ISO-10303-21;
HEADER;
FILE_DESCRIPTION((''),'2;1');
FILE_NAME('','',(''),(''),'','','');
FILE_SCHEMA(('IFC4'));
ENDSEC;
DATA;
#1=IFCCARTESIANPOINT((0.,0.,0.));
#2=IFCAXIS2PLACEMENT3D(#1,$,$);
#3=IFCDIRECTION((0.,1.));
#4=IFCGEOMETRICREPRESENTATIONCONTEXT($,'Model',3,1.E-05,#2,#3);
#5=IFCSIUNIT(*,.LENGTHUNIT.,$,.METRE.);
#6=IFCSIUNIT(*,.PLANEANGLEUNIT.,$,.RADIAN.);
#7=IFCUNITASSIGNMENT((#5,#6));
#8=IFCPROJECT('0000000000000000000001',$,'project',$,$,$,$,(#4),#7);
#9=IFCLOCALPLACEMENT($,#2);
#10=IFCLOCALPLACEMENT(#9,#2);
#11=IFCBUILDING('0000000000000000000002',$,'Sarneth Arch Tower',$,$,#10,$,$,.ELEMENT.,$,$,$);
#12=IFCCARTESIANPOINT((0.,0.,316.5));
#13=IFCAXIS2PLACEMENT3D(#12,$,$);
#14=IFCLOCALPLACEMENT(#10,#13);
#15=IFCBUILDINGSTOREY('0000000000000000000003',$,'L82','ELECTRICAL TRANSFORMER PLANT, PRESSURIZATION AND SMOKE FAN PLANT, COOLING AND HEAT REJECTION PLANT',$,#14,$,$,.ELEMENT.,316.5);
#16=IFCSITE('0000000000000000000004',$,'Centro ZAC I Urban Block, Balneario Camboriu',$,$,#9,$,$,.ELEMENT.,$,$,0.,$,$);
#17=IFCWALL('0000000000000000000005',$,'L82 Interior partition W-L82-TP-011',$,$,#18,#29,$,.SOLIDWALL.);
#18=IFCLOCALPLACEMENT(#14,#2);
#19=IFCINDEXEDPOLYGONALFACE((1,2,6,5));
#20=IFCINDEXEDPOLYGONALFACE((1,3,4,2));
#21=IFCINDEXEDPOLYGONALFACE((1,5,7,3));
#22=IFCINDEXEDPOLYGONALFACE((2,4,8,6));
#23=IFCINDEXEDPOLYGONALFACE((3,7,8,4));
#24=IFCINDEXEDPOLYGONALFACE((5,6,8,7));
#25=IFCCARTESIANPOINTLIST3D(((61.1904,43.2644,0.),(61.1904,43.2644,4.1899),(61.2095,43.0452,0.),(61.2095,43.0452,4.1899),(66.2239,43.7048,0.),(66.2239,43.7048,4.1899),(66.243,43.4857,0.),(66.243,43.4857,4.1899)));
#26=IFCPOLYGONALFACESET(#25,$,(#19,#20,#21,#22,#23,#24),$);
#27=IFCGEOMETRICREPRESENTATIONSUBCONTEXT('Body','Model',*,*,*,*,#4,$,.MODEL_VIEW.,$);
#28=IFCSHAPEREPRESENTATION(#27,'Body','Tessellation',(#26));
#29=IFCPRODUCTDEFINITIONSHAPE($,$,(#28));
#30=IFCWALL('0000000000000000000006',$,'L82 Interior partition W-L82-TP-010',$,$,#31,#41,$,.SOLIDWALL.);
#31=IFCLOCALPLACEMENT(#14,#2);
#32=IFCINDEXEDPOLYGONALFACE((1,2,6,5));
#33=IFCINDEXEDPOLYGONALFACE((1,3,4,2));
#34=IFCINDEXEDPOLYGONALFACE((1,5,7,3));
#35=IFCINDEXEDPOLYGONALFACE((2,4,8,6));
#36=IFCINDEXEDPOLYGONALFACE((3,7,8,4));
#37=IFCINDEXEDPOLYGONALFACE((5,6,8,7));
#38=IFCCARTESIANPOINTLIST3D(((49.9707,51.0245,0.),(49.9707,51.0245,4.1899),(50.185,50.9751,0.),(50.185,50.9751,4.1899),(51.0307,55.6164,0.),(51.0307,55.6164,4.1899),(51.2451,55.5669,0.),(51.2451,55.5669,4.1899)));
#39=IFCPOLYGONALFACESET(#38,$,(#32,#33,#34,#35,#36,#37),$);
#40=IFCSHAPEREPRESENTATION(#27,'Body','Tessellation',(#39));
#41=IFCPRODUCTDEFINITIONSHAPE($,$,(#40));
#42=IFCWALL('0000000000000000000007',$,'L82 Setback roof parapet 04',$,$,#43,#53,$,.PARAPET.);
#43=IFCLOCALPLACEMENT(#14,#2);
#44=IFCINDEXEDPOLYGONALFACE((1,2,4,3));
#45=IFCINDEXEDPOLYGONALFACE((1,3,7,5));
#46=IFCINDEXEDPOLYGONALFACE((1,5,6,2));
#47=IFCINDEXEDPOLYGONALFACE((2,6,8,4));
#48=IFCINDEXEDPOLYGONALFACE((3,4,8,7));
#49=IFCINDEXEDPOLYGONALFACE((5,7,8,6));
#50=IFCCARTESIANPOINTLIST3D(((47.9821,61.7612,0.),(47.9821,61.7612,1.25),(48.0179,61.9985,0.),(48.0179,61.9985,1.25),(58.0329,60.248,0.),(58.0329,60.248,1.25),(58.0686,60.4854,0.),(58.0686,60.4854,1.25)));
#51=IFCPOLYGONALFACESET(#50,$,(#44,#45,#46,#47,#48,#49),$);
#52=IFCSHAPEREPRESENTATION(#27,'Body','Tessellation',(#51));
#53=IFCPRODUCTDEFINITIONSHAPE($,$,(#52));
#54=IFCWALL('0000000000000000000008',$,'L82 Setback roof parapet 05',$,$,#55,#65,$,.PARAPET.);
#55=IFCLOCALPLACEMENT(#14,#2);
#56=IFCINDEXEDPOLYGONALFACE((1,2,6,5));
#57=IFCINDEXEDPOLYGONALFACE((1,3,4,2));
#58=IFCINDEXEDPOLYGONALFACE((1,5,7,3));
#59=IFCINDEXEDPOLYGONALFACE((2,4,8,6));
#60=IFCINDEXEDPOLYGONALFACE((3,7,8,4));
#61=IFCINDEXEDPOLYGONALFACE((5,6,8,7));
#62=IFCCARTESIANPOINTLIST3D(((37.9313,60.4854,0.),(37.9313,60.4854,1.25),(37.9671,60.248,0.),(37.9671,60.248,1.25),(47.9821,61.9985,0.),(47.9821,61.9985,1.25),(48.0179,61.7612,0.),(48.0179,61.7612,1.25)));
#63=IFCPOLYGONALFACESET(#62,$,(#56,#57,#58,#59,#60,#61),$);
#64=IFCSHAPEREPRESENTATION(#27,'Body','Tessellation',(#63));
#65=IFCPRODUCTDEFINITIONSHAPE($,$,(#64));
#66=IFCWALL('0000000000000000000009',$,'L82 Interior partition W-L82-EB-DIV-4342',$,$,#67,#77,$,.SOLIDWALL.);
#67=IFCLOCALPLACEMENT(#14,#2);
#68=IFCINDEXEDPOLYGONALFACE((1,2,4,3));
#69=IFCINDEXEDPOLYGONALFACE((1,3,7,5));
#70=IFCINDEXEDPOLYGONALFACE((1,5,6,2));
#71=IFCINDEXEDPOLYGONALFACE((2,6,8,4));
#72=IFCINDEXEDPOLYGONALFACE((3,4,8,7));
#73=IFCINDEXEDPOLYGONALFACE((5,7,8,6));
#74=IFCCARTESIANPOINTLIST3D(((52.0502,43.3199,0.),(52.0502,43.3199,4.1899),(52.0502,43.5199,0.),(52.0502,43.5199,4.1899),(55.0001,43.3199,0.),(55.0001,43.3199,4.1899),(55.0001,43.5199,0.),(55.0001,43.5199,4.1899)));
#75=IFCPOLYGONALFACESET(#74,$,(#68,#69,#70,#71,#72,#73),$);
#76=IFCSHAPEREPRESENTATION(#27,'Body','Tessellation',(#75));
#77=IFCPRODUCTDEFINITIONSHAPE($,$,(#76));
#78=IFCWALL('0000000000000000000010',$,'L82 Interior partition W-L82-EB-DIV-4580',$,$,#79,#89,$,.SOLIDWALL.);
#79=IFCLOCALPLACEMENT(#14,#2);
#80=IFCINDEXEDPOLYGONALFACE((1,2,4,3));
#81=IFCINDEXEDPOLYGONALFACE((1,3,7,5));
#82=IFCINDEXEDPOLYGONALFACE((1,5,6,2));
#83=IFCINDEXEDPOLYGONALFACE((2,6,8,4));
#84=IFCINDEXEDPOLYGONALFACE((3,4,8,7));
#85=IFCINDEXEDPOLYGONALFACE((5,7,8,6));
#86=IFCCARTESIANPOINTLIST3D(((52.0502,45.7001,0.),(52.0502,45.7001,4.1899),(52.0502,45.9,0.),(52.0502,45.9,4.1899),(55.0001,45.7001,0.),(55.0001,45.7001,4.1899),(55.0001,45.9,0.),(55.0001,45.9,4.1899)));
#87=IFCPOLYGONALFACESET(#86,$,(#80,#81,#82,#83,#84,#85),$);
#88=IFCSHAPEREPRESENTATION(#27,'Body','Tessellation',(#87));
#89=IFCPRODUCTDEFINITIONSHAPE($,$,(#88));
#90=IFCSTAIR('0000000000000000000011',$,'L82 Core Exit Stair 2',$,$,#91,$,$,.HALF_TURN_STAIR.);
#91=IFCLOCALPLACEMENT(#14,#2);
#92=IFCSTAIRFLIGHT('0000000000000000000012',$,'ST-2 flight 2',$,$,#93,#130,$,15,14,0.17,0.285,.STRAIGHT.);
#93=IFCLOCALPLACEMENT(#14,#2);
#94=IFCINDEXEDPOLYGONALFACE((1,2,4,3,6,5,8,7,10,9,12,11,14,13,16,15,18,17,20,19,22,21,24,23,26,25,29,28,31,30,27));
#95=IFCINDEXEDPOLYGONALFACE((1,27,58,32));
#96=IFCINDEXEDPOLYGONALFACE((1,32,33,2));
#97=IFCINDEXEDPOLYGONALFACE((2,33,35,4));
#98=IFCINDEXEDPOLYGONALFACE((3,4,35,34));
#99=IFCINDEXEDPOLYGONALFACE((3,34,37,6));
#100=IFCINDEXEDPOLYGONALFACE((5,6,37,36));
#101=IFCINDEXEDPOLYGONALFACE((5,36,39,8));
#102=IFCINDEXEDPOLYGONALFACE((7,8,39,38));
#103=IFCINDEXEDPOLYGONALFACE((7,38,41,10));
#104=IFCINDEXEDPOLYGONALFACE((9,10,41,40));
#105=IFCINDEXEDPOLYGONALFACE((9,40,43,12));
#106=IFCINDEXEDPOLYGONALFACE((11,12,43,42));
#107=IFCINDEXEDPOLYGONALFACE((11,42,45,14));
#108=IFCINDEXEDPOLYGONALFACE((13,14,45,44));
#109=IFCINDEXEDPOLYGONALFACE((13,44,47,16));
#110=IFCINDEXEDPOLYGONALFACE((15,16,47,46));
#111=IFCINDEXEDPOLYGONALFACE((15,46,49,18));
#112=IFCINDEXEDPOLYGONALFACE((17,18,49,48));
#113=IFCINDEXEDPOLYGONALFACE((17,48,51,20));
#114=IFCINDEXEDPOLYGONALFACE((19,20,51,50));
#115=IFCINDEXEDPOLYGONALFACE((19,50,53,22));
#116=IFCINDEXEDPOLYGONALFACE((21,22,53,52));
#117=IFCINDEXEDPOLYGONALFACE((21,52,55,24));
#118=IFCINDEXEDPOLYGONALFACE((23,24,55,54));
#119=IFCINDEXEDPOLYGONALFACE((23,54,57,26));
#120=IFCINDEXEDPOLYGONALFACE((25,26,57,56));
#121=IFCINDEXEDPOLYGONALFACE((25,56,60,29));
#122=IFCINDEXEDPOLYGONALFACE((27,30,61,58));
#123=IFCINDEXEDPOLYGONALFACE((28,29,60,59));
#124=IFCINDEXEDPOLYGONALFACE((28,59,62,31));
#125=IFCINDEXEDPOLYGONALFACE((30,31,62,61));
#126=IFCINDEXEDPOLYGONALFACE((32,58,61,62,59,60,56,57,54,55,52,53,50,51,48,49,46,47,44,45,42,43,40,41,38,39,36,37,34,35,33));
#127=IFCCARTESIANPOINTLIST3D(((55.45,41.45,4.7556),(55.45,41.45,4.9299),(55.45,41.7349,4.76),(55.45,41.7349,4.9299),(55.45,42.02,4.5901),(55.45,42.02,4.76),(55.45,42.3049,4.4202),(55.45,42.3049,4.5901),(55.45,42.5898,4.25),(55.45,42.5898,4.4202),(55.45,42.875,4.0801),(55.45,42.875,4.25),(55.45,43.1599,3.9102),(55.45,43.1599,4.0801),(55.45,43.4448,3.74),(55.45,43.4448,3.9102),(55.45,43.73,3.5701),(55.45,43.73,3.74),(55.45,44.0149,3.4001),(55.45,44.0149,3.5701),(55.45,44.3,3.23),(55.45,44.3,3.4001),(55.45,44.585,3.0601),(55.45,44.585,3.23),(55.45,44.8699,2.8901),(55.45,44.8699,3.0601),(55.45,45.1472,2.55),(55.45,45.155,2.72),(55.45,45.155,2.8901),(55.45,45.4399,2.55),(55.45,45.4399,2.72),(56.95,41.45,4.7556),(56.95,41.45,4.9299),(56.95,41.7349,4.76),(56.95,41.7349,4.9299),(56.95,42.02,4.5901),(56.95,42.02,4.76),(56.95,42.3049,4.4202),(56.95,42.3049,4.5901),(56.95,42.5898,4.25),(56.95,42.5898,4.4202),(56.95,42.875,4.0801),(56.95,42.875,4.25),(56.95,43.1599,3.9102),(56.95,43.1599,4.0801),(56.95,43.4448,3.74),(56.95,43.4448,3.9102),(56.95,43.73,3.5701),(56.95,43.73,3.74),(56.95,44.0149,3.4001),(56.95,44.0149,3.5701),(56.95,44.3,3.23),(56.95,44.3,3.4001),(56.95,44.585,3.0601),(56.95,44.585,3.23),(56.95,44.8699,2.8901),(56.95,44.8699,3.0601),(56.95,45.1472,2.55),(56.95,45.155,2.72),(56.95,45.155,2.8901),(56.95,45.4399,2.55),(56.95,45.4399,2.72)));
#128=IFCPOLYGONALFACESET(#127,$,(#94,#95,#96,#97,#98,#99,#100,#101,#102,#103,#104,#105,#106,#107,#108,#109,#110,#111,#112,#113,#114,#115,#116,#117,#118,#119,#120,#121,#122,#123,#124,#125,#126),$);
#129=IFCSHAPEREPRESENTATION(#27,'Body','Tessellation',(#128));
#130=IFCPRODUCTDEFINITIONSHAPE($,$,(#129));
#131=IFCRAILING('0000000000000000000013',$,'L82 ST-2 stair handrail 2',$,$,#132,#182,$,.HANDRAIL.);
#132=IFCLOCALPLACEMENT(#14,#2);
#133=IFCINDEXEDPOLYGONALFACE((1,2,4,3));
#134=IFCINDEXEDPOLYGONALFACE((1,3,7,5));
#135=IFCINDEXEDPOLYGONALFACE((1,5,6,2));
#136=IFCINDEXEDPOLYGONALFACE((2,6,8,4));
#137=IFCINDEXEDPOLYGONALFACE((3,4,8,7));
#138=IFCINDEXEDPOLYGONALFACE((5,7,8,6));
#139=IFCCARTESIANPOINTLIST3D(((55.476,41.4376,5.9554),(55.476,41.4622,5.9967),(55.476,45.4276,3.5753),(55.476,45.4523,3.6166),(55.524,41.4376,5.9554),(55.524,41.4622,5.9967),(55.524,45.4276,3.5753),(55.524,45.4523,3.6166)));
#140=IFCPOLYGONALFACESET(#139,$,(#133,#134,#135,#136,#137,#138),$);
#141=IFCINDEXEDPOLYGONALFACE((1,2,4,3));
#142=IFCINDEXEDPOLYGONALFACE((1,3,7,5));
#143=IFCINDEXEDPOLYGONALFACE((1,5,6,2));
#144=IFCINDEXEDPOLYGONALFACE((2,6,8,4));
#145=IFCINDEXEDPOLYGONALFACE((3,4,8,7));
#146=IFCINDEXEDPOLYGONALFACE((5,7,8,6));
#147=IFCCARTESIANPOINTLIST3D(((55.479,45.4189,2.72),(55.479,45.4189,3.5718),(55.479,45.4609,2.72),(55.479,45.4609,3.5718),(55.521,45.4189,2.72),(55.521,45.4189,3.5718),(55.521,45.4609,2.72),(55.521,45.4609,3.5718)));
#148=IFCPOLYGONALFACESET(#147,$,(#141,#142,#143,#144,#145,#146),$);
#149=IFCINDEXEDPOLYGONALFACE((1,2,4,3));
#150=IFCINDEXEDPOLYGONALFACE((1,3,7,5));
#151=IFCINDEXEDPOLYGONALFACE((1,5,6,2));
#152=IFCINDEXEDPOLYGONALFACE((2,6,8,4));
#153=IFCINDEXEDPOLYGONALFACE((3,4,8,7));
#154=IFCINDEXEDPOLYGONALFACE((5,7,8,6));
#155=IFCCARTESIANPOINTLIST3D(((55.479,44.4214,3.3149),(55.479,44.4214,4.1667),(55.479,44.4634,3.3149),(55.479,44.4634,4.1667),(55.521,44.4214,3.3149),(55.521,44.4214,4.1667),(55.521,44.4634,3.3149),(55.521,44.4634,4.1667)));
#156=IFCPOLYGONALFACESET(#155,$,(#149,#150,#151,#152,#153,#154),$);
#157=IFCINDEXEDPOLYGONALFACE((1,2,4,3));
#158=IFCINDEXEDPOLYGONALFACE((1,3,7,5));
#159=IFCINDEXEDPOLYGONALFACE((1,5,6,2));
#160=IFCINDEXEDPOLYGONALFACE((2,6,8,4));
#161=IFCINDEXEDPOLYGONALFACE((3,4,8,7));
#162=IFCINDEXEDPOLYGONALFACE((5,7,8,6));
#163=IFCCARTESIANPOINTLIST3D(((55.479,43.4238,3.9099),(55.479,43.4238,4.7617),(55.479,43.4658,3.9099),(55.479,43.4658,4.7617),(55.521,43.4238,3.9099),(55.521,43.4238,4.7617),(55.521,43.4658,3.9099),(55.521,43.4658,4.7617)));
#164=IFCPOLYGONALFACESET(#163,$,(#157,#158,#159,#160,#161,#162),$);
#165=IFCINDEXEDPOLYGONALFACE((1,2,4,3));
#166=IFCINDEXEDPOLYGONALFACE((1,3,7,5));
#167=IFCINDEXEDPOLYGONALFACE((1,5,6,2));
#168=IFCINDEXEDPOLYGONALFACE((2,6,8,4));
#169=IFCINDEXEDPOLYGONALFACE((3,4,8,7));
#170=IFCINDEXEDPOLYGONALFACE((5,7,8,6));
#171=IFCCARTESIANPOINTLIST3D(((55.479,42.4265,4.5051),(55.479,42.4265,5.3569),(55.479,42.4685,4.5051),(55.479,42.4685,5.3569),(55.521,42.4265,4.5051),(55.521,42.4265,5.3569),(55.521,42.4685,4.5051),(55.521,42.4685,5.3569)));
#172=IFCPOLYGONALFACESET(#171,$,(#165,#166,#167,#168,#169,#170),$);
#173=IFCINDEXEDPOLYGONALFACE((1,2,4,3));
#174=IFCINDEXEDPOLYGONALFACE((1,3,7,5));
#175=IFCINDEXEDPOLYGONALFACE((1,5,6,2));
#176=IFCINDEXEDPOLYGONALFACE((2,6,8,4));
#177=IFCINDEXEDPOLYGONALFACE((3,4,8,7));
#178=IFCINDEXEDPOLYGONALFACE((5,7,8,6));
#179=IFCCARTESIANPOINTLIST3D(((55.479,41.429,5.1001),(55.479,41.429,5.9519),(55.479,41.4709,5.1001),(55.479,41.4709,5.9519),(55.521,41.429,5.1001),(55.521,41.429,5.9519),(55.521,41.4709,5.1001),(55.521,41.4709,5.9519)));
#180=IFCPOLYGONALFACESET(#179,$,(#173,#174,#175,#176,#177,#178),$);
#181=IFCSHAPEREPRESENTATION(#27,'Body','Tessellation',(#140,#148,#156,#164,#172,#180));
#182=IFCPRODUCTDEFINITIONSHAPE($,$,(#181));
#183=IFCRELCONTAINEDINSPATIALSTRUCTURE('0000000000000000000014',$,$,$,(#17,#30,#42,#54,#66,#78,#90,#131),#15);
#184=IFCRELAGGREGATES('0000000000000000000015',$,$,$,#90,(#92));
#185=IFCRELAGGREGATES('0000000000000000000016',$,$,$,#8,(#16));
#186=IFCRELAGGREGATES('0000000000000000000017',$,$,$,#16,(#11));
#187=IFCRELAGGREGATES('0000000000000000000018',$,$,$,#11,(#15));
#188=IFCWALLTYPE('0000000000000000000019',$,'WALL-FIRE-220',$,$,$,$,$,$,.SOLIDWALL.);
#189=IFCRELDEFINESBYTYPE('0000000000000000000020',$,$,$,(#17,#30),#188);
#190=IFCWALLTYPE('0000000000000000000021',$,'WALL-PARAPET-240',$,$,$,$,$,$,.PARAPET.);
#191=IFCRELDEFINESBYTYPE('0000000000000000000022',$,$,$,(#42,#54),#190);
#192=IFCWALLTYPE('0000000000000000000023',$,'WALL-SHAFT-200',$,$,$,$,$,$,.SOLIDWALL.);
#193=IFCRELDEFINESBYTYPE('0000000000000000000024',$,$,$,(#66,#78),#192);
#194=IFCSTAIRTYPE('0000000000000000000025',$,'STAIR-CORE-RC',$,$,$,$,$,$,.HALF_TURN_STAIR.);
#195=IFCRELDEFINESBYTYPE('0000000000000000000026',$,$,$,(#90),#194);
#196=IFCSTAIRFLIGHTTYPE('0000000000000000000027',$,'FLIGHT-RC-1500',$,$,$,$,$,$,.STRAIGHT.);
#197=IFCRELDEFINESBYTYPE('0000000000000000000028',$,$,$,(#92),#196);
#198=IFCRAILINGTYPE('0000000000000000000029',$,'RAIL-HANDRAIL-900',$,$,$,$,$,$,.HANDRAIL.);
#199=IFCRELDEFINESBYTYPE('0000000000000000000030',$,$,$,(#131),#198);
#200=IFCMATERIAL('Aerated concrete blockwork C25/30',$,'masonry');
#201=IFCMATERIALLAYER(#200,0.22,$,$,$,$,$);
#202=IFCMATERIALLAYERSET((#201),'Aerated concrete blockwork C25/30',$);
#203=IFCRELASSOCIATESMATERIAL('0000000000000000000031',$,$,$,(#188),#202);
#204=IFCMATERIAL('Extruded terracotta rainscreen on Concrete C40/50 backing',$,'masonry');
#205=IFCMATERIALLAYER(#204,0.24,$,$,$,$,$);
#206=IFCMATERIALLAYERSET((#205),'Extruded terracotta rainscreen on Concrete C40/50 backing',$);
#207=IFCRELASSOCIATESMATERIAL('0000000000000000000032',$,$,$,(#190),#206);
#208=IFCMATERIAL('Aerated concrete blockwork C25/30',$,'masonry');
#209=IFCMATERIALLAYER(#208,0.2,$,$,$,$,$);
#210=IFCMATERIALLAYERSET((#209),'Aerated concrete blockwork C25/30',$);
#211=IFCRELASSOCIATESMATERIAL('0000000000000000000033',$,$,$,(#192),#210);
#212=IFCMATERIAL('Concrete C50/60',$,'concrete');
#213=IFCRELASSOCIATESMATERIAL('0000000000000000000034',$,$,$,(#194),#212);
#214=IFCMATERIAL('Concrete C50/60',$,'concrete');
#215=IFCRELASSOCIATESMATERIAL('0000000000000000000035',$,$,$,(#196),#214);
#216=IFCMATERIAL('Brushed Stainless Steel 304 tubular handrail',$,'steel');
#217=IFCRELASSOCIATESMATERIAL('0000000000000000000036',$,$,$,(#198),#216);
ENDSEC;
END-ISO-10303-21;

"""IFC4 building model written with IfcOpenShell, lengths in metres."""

from ifc_helpers import new_model, si_unit, direction, frame, frame_2d, origin, origin_2d, place, context, subcontext, project, spatial, polyline, rectangle, outline, extrude, material, layer, layer_set, type_object, element, aggregate, save


model = new_model("IFC4")

# Units and contexts
model_context = context("Model", 3, precision=1e-05, world=origin(), true_north=direction((0.0, 1.0)))
body_context = subcontext(model_context, "Body", "Model", "MODEL_VIEW")
ifc_project = project(units=[si_unit("LENGTHUNIT", "METRE"), si_unit("PLANEANGLEUNIT", "RADIAN")], contexts=[model_context])

# Site, building, storey
site_placement = place(None, origin())
site = spatial("IfcSite", under=ifc_project, at=site_placement, Name="Centro ZAC I Urban Block, Balneario Camboriu", CompositionType="ELEMENT", RefElevation=0.0)
building_placement = place(site_placement, origin())
building = spatial("IfcBuilding", under=site, at=building_placement, Name="Sarneth Arch Tower", CompositionType="ELEMENT")
storey_placement = place(building_placement, frame((0.0, 0.0, 316.5)))
storey = spatial("IfcBuildingStorey", under=building, at=storey_placement, Name="L82", Description="ELECTRICAL TRANSFORMER PLANT, PRESSURIZATION AND SMOKE FAN PLANT, COOLING AND HEAT REJECTION PLANT", CompositionType="ELEMENT", Elevation=316.5)

# Shared definitions
ifc_material_1 = material(Name="Aerated concrete blockwork C25/30", Category="masonry")
ifc_layer_1 = layer(ifc_material_1, 0.22)
ifc_layer_set_1 = layer_set([ifc_layer_1], Name="Aerated concrete blockwork C25/30")
wall_type_1 = type_object("IfcWallType", Name="WALL-FIRE-220", PredefinedType="SOLIDWALL", material=ifc_layer_set_1)

# Walls
wall_1_placement = place(storey_placement, frame((61.2, 43.1548, 0.0), z_axis=(0.0, 0.0, 1.0), x_axis=(0.996194, 0.087168, 0.0)))
element("IfcWall", 1, at=wall_1_placement, inside=storey, type_object=wall_type_1, Name="L82 Interior partition W-L82-TP-011", PredefinedType="SOLIDWALL", context=body_context, shape_type="SweptSolid", body=[
    extrude(rectangle(XDim=5.0527, YDim=0.22, at=frame_2d((2.5264, 0.0))), origin(), (0.0, 0.0, 1.0), 4.1899),
])
wall_2_placement = place(storey_placement, frame((51.1379, 55.5918, 0.0), z_axis=(0.0, 0.0, 1.0), x_axis=(-0.224943, -0.974372, 0.0)))
element("IfcWall", 2, at=wall_2_placement, inside=storey, type_object=wall_type_1, Name="L82 Interior partition W-L82-TP-010", PredefinedType="SOLIDWALL", context=body_context, shape_type="SweptSolid", body=[
    extrude(rectangle(XDim=4.7126, YDim=0.22, at=frame_2d((2.3564, 0.0))), origin(), (0.0, 0.0, 1.0), 4.1899),
])
ifc_material_2 = material(Name="Extruded terracotta rainscreen on Concrete C40/50 backing", Category="masonry")
ifc_layer_2 = layer(ifc_material_2, 0.24)
ifc_layer_set_2 = layer_set([ifc_layer_2], Name="Extruded terracotta rainscreen on Concrete C40/50 backing")
wall_type_2 = type_object("IfcWallType", Name="WALL-PARAPET-240", PredefinedType="PARAPET", material=ifc_layer_set_2)
for number, where, z_axis, x_axis, name in (
    (3, (58.0508, 60.3667, 0.0), (0.0, 0.0, 1.0), (-0.988856, 0.148876, 0.0), "L82 Setback roof parapet 04"),
    (4, (48.0, 61.8799, 0.0), (0.0, 0.0, 1.0), (-0.988856, -0.148876, 0.0), "L82 Setback roof parapet 05"),
):
    element("IfcWall", number, at=place(storey_placement, frame(where, z_axis=z_axis, x_axis=x_axis)), inside=storey, type_object=wall_type_2, Name=name, PredefinedType="PARAPET", context=body_context, shape_type="SweptSolid", body=[
        extrude(rectangle(XDim=10.1641, YDim=0.24, at=frame_2d((5.082, 0.0))), origin(), (0.0, 0.0, 1.0), 1.25),
    ])
ifc_material_3 = material(Name="Aerated concrete blockwork C25/30", Category="masonry")
ifc_layer_3 = layer(ifc_material_3, 0.2)
ifc_layer_set_3 = layer_set([ifc_layer_3], Name="Aerated concrete blockwork C25/30")
wall_type_3 = type_object("IfcWallType", Name="WALL-SHAFT-200", PredefinedType="SOLIDWALL", material=ifc_layer_set_3)
for number, where, z_axis, x_axis, name in (
    (5, (52.05, 43.4199, 0.0), (0.0, 0.0, 1.0), (1.0, 0.0, 0.0), "L82 Interior partition W-L82-EB-DIV-4342"),
    (6, (52.05, 45.8, 0.0), (0.0, 0.0, 1.0), (1.0, 0.0, 0.0), "L82 Interior partition W-L82-EB-DIV-4580"),
):
    element("IfcWall", number, at=place(storey_placement, frame(where, z_axis=z_axis, x_axis=x_axis)), inside=storey, type_object=wall_type_3, Name=name, PredefinedType="SOLIDWALL", context=body_context, shape_type="SweptSolid", body=[
        extrude(rectangle(XDim=2.95, YDim=0.2, at=frame_2d((1.4751, 0.0))), origin(), (0.0, 0.0, 1.0), 4.1899),
    ])

# Stair, stair flight
ifc_material_4 = material(Name="Concrete C50/60", Category="concrete")
stair_type = type_object("IfcStairType", Name="STAIR-CORE-RC", PredefinedType="HALF_TURN_STAIR", material=ifc_material_4)
stair_placement = place(storey_placement, origin())
stair = element("IfcStair", 7, at=stair_placement, inside=storey, type_object=stair_type, Name="L82 Core Exit Stair 2", PredefinedType="HALF_TURN_STAIR")
ifc_material_5 = material(Name="Concrete C50/60", Category="concrete")
stair_flight_type = type_object("IfcStairFlightType", Name="FLIGHT-RC-1500", PredefinedType="STRAIGHT", material=ifc_material_5)
stair_flight_placement = place(storey_placement, frame((56.2, 45.4399, 2.55), z_axis=(0.0, 0.0, 1.0), x_axis=(0.0, -1.0, 0.0)))
stair_flight = element("IfcStairFlight", 8, at=stair_flight_placement, type_object=stair_flight_type, Name="ST-2 flight 2", NumberOfRisers=15, NumberOfTreads=14, PredefinedType="STRAIGHT", RiserHeight=0.17, TreadLength=0.285, context=body_context, shape_type="SweptSolid", body=[
    extrude(outline(polyline([(0.0, 0.0), (0.0, 0.1699), (0.2849, 0.1699), (0.2849, 0.3401), (0.5701, 0.3401), (0.5701, 0.51), (0.855, 0.51), (0.855, 0.6799), (1.1399, 0.6799), (1.1399, 0.8501), (1.425, 0.8501), (1.425, 1.02), (1.71, 1.02), (1.71, 1.1899), (1.9951, 1.1899), (1.9951, 1.3601), (2.28, 1.3601), (2.28, 1.53), (2.5649, 1.53), (2.5649, 1.7), (2.8501, 1.7), (2.8501, 1.8701), (3.135, 1.8701), (3.135, 2.04), (3.4199, 2.04), (3.4199, 2.21), (3.7051, 2.21), (3.7051, 2.3799), (3.99, 2.3799), (3.99, 2.55), (3.99, 2.2056), (0.2927, 0.0), (0.0, 0.0)])), frame((0.0, 0.75, 0.0), z_axis=(0.0, -1.0, 0.0), x_axis=(1.0, 0.0, 0.0)), (0.0, 0.0, 1.0), 1.5),
])
aggregate(stair, [stair_flight])

# Railing
ifc_material_6 = material(Name="Brushed Stainless Steel 304 tubular handrail", Category="steel")
railing_type_1 = type_object("IfcRailingType", Name="RAIL-HANDRAIL-900", PredefinedType="HANDRAIL", material=ifc_material_6)
railing_1_placement = place(storey_placement, frame((55.5, 45.4399, 2.72)))
element("IfcRailing", 9, at=railing_1_placement, inside=storey, type_object=railing_type_1, Name="L82 ST-2 stair handrail 2", PredefinedType="HANDRAIL", context=body_context, shape_type="SweptSolid", body=[
    extrude(rectangle(XDim=0.0481, YDim=0.0481, at=origin_2d()), frame((0.0, 0.0, 0.876), z_axis=(0.0, -0.858807, 0.512299), x_axis=(1.0, 0.0, 0.0)), (0.0, 0.0, 1.0), 4.646),
    extrude(rectangle(XDim=0.042, YDim=0.042, at=origin_2d()), origin(), (0.0, 0.0, 1.0), 0.8518),
    extrude(rectangle(XDim=0.042, YDim=0.042, at=origin_2d()), frame((0.0, -0.9976, 0.595)), (0.0, 0.0, 1.0), 0.8518),
    extrude(rectangle(XDim=0.042, YDim=0.042, at=origin_2d()), frame((0.0, -1.9951, 1.1899)), (0.0, 0.0, 1.0), 0.8518),
    extrude(rectangle(XDim=0.042, YDim=0.042, at=origin_2d()), frame((0.0, -2.9924, 1.7852)), (0.0, 0.0, 1.0), 0.8518),
    extrude(rectangle(XDim=0.042, YDim=0.042, at=origin_2d()), frame((0.0, -3.99, 2.3801)), (0.0, 0.0, 1.0), 0.8518),
])

save(model, "model.ifc")
